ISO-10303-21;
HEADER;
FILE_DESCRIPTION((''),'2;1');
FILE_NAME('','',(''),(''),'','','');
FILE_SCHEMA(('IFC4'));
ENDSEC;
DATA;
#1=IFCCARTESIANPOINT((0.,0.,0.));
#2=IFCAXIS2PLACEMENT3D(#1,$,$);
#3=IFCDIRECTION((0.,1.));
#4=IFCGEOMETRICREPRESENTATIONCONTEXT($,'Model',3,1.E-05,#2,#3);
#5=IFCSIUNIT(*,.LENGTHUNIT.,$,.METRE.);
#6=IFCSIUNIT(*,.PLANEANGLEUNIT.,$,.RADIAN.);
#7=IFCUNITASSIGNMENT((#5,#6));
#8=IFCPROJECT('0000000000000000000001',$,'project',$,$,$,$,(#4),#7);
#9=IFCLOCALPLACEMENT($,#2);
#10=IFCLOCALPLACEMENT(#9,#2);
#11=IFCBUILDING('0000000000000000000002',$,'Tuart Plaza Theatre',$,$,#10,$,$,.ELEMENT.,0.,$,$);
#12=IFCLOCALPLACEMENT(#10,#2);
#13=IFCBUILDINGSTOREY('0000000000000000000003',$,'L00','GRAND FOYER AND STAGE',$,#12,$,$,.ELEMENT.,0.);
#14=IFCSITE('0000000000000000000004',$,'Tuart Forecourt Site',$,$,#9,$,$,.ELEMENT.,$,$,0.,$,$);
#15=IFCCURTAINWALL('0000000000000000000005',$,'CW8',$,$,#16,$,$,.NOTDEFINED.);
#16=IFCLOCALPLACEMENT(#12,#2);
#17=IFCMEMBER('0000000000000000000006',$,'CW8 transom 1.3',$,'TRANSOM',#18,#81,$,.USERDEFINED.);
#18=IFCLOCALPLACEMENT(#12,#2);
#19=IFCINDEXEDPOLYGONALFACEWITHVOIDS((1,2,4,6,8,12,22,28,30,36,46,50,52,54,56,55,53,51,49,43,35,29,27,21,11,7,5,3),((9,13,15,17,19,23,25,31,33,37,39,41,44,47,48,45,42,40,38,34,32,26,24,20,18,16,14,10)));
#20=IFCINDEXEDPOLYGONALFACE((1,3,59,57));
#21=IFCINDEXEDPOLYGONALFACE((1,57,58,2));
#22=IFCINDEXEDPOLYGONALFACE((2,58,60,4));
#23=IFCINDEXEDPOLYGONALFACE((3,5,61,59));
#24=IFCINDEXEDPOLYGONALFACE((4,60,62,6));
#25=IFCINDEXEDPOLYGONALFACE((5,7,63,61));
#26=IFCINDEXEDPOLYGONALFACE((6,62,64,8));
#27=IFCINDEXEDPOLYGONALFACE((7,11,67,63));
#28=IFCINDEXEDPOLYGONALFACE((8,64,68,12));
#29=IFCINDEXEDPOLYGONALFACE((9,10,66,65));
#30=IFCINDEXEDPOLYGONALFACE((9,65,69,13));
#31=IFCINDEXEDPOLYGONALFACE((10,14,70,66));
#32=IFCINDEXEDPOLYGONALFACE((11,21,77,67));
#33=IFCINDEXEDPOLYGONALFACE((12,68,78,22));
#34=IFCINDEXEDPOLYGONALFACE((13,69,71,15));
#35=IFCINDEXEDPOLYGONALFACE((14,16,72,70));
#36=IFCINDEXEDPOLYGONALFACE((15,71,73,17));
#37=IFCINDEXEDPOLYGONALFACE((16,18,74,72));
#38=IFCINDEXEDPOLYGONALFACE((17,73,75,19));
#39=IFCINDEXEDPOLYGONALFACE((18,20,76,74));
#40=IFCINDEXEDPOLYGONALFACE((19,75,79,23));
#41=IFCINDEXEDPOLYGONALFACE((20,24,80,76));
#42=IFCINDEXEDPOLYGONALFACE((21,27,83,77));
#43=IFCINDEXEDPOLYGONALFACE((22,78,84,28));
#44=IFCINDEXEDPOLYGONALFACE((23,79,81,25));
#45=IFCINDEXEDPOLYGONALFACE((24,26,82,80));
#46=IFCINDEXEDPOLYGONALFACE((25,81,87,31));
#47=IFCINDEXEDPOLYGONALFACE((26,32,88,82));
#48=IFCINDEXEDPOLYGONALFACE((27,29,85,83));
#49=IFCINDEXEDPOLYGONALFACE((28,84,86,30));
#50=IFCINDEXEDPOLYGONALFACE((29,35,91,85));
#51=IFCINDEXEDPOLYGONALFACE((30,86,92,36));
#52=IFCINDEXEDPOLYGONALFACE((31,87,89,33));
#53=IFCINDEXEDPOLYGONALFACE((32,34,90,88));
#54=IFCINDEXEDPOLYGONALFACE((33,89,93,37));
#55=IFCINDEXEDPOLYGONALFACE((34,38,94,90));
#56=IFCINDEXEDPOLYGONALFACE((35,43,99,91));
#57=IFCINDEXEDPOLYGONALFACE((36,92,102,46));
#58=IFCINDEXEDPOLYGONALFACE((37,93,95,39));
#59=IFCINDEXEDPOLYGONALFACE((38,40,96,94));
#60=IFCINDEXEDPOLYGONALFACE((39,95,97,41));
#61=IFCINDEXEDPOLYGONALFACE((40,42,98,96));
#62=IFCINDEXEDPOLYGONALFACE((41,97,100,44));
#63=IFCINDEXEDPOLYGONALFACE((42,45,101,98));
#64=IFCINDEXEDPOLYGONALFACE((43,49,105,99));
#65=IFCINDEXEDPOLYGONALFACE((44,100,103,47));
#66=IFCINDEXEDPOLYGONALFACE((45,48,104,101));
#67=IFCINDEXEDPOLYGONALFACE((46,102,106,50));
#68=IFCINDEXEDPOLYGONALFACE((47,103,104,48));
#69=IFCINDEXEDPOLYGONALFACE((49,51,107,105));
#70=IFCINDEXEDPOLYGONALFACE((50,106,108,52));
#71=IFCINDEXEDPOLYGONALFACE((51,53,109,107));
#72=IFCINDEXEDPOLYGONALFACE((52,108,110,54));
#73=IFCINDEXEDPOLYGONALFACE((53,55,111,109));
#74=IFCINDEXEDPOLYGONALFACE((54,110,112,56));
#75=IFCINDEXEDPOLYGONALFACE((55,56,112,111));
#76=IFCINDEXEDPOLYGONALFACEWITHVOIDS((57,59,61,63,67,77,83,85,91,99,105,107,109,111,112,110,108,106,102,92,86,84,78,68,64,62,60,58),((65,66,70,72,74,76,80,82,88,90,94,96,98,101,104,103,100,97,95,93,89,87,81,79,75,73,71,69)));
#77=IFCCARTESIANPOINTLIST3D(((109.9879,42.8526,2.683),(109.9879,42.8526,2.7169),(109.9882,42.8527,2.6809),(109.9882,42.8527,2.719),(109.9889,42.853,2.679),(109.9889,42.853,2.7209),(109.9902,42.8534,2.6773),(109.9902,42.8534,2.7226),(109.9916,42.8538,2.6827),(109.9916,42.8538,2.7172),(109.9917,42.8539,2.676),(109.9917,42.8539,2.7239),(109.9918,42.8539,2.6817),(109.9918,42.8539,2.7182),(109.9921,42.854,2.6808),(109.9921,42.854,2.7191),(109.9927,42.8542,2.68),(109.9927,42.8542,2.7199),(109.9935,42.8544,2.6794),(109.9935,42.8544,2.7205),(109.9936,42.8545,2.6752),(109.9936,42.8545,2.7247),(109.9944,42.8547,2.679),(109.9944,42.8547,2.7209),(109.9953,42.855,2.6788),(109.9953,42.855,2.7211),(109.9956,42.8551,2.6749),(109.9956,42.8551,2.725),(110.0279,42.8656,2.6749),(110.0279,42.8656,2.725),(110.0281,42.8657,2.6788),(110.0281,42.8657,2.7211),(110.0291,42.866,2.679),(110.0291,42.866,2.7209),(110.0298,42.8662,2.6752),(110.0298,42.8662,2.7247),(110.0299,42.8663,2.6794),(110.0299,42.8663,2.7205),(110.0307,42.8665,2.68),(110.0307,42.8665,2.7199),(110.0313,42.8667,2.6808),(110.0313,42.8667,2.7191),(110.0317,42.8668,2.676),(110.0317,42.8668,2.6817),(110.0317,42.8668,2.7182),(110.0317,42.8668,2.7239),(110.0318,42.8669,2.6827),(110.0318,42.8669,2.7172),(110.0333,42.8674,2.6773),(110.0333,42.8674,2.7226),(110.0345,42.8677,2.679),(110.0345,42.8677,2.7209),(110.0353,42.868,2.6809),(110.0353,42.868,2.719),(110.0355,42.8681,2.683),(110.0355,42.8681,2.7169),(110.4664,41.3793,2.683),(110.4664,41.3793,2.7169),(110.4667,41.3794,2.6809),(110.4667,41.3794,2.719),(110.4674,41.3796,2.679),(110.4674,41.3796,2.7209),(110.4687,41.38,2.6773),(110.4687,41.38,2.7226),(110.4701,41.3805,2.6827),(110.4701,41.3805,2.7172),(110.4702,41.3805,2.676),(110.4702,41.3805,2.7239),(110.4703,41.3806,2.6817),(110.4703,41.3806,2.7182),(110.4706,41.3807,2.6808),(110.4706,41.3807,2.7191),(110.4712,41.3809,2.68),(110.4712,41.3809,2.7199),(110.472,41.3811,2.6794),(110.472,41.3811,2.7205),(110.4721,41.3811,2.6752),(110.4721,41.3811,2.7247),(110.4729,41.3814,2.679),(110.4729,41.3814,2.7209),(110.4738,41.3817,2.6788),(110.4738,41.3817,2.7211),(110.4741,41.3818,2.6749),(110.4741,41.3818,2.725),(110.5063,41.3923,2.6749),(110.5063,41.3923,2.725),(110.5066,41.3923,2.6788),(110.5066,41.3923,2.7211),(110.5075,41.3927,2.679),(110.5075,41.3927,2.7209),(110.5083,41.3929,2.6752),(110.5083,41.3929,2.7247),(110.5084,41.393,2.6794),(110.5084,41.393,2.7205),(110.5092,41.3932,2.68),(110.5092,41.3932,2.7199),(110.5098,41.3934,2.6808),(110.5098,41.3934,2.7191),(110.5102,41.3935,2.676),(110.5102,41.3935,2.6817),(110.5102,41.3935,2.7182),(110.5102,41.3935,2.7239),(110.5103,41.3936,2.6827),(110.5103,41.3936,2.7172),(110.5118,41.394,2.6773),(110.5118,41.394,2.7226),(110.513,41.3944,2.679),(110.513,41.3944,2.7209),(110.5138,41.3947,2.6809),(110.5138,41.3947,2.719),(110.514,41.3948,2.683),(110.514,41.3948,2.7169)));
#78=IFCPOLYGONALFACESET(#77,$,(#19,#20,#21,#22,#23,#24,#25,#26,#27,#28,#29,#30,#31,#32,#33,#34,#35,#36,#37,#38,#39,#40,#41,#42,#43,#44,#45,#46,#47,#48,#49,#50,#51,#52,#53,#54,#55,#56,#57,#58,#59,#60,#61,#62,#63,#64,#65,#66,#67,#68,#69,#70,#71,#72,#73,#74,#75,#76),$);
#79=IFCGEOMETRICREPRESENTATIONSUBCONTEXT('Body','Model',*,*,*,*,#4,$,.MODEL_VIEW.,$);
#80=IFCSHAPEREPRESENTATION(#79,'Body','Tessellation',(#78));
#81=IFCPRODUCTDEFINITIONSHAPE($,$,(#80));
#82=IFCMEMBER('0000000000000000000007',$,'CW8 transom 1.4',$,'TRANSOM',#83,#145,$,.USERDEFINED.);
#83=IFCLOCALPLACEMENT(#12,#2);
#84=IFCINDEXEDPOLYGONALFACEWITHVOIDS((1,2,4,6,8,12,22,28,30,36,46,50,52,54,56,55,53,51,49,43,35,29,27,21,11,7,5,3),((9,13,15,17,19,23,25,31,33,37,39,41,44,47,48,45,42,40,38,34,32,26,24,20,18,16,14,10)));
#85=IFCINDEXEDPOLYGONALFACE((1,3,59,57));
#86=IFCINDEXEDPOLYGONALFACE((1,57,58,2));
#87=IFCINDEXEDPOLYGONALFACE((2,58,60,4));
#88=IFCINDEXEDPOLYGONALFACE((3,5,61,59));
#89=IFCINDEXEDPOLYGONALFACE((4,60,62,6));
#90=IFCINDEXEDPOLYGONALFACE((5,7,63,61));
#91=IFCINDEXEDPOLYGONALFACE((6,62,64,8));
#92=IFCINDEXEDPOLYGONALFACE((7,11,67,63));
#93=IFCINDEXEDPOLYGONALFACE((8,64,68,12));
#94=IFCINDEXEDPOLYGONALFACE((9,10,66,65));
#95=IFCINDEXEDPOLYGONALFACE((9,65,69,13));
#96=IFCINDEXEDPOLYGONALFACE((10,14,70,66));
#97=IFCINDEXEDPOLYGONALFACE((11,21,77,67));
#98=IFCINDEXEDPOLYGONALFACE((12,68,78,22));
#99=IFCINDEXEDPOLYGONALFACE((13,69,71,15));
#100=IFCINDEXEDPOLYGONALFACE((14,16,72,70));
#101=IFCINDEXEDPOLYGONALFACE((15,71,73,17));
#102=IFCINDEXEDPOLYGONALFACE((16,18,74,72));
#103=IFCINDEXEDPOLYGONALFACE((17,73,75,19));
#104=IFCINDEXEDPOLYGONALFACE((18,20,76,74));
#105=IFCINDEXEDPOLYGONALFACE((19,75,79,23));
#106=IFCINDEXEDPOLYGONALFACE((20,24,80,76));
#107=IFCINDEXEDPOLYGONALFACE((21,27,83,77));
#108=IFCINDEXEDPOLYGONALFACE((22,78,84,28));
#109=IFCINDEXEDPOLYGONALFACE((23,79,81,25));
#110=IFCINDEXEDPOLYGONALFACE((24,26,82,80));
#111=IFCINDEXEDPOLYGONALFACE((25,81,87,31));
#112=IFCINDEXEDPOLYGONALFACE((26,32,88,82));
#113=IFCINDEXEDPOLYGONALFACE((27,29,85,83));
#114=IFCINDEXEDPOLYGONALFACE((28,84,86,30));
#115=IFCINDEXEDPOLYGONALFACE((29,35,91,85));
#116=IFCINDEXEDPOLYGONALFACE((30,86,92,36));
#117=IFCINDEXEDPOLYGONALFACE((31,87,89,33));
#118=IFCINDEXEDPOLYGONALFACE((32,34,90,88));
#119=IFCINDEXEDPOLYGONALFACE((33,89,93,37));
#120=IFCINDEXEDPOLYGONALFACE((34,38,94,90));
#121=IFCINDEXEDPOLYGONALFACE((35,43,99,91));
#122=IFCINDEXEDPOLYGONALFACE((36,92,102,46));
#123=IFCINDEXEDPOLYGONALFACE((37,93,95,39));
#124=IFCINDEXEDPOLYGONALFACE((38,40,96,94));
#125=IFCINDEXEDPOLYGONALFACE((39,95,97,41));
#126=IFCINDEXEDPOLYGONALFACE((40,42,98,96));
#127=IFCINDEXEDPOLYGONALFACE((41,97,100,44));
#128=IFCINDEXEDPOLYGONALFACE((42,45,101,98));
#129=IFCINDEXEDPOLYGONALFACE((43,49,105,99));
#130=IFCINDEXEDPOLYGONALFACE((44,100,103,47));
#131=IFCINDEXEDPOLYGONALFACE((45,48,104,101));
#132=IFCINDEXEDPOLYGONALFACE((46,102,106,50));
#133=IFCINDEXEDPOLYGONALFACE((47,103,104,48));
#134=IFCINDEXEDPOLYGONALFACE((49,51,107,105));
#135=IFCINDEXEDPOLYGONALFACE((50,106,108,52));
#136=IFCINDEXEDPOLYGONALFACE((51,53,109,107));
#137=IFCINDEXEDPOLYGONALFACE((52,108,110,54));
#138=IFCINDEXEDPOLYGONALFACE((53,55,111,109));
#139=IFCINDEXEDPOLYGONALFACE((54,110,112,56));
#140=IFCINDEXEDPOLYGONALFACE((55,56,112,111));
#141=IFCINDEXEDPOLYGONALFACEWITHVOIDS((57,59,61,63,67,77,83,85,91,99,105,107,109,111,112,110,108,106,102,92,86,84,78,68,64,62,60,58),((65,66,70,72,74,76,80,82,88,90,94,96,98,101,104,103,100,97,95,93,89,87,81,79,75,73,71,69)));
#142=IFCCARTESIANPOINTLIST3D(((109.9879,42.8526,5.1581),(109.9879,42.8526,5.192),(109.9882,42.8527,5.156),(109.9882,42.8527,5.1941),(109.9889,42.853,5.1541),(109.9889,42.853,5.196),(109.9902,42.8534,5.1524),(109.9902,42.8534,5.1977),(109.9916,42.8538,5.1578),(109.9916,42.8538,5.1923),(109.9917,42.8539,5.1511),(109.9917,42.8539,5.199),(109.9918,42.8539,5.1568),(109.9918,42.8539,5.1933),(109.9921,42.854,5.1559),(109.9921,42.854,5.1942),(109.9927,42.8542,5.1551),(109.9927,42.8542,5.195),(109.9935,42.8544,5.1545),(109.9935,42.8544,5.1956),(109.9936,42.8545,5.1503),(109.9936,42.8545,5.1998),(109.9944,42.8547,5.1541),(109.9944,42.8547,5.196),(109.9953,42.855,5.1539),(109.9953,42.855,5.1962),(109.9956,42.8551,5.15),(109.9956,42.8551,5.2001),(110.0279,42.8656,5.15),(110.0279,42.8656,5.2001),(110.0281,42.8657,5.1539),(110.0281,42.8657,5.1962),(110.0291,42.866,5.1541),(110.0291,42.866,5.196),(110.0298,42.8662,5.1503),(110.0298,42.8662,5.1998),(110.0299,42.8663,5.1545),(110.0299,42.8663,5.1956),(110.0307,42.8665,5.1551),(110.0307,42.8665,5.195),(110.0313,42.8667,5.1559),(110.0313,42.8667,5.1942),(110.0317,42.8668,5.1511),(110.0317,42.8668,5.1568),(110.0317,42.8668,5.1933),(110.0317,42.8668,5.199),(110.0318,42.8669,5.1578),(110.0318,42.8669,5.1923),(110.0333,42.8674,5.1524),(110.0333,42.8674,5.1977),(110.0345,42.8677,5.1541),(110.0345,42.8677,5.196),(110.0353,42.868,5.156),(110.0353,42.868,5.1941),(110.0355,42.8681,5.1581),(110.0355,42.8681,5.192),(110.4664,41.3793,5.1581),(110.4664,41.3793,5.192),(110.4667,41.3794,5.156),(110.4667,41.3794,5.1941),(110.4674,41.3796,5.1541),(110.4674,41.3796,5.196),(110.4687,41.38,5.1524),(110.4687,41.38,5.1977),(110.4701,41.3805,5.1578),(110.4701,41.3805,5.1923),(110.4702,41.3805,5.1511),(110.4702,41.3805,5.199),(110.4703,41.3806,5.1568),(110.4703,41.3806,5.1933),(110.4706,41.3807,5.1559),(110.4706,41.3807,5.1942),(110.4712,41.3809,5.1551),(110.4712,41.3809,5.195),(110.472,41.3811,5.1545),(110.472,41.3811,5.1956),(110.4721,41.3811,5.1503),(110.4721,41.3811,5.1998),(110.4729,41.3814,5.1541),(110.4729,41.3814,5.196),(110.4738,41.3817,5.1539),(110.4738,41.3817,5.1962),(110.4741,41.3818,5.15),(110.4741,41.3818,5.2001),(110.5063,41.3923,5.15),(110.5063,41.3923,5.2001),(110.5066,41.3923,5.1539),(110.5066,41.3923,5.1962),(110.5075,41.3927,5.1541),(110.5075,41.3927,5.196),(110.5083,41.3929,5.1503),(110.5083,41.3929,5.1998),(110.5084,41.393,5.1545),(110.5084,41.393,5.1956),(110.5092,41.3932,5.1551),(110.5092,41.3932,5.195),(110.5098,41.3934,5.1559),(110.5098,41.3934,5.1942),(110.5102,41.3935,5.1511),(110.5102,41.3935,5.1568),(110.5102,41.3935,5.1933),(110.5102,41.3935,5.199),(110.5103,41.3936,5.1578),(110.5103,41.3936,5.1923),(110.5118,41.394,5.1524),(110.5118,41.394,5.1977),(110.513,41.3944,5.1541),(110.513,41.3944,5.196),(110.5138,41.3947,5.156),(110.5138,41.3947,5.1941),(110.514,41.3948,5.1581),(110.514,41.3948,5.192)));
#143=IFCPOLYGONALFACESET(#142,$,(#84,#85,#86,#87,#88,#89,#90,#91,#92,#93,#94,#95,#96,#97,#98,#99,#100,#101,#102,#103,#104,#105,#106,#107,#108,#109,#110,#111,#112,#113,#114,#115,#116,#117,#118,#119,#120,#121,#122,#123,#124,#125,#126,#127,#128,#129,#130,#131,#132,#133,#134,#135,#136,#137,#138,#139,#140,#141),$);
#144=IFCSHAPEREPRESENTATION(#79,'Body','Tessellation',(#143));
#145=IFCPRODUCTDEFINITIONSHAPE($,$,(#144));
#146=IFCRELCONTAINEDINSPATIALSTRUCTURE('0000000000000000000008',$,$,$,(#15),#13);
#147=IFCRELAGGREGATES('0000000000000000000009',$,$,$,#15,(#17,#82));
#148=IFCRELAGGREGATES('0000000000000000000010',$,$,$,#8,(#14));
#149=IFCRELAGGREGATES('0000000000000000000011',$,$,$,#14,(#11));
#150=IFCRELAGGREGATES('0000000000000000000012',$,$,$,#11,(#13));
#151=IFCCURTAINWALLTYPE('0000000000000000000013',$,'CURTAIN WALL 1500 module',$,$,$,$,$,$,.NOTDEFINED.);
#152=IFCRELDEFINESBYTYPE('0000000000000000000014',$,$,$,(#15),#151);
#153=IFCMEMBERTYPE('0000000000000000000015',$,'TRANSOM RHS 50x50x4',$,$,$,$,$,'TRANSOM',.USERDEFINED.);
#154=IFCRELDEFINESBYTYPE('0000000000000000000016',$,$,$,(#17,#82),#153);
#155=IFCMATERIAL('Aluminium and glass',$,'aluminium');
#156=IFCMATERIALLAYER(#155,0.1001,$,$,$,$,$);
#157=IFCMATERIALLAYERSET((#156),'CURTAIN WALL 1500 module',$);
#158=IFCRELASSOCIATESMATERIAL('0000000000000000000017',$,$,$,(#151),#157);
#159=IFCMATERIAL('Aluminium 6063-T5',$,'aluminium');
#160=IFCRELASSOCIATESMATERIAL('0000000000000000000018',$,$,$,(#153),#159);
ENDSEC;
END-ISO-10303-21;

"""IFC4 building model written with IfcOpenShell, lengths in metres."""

from ifc_helpers import new_model, si_unit, direction, frame, origin, origin_2d, place, context, subcontext, project, spatial, hollow_rectangle, extrude, material, layer, layer_set, material_profile, profile_set, type_object, element, aggregate, save


model = new_model("IFC4")

# Units and contexts
model_context = context("Model", 3, precision=1e-05, world=origin(), true_north=direction((0.0, 1.0)))
body_context = subcontext(model_context, "Body", "Model", "MODEL_VIEW")
ifc_project = project(units=[si_unit("LENGTHUNIT", "METRE"), si_unit("PLANEANGLEUNIT", "RADIAN")], contexts=[model_context])

# Site, building, storey
site_placement = place(None, origin())
site = spatial("IfcSite", under=ifc_project, at=site_placement, Name="Tuart Forecourt Site", CompositionType="ELEMENT", RefElevation=0.0)
building_placement = place(site_placement, origin())
building = spatial("IfcBuilding", under=site, at=building_placement, Name="Tuart Plaza Theatre", CompositionType="ELEMENT", ElevationOfRefHeight=0.0)
storey_placement = place(building_placement, origin())
storey = spatial("IfcBuildingStorey", under=building, at=storey_placement, Name="L00", Description="GRAND FOYER AND STAGE", CompositionType="ELEMENT", Elevation=0.0)

# Curtain wall
ifc_material_1 = material(Name="Aluminium and glass", Category="aluminium")
ifc_layer_1 = layer(ifc_material_1, 0.1001)
ifc_layer_set_1 = layer_set([ifc_layer_1], Name="CURTAIN WALL 1500 module")
curtain_wall_type = type_object("IfcCurtainWallType", Name="CURTAIN WALL 1500 module", PredefinedType="NOTDEFINED", material=ifc_layer_set_1)
curtain_wall_1_placement = place(storey_placement, origin())
curtain_wall_1 = element("IfcCurtainWall", 1, at=curtain_wall_1_placement, inside=storey, type_object=curtain_wall_type, Name="CW8", PredefinedType="NOTDEFINED")

# Members
ifc_material_2 = material(Name="Aluminium 6063-T5", Category="aluminium")
ifc_material_profile_1 = material_profile(ifc_material_2, hollow_rectangle(XDim=0.05, YDim=0.05, WallThickness=0.0039, InnerFilletRadius=0.0039, OuterFilletRadius=0.0081, at=origin_2d()), Name="RHS 50x50x4")
ifc_profile_set_1 = profile_set([ifc_material_profile_1], Name="Aluminium 6063-T5")
member_type_1 = type_object("IfcMemberType", Name="TRANSOM RHS 50x50x4", ElementType="TRANSOM", PredefinedType="USERDEFINED", material=ifc_profile_set_1)
member_1_placement = place(storey_placement, frame((110.0117, 42.8604, 2.7), z_axis=(0.30889, -0.951098, 0.0), x_axis=(0.951098, 0.30889, 0.0)))
member_1 = element("IfcMember", 2, at=member_1_placement, type_object=member_type_1, Name="CW8 transom 1.3", ObjectType="TRANSOM", PredefinedType="USERDEFINED", context=body_context, shape_type="SweptSolid", body=[
    extrude(hollow_rectangle(XDim=0.05, YDim=0.05, WallThickness=0.0039, InnerFilletRadius=0.0039, OuterFilletRadius=0.0081, at=origin_2d()), origin(), (0.0, 0.0, 1.0), 1.5491),
])
member_2_placement = place(storey_placement, frame((110.0117, 42.8604, 5.175), z_axis=(0.30889, -0.951098, 0.0), x_axis=(0.951098, 0.30889, 0.0)))
member_2 = element("IfcMember", 3, at=member_2_placement, type_object=member_type_1, Name="CW8 transom 1.4", ObjectType="TRANSOM", PredefinedType="USERDEFINED", context=body_context, shape_type="SweptSolid", body=[
    extrude(hollow_rectangle(XDim=0.05, YDim=0.05, WallThickness=0.0039, InnerFilletRadius=0.0039, OuterFilletRadius=0.0081, at=origin_2d()), origin(), (0.0, 0.0, 1.0), 1.5491),
])
aggregate(curtain_wall_1, [member_1, member_2])

save(model, "model.ifc")
